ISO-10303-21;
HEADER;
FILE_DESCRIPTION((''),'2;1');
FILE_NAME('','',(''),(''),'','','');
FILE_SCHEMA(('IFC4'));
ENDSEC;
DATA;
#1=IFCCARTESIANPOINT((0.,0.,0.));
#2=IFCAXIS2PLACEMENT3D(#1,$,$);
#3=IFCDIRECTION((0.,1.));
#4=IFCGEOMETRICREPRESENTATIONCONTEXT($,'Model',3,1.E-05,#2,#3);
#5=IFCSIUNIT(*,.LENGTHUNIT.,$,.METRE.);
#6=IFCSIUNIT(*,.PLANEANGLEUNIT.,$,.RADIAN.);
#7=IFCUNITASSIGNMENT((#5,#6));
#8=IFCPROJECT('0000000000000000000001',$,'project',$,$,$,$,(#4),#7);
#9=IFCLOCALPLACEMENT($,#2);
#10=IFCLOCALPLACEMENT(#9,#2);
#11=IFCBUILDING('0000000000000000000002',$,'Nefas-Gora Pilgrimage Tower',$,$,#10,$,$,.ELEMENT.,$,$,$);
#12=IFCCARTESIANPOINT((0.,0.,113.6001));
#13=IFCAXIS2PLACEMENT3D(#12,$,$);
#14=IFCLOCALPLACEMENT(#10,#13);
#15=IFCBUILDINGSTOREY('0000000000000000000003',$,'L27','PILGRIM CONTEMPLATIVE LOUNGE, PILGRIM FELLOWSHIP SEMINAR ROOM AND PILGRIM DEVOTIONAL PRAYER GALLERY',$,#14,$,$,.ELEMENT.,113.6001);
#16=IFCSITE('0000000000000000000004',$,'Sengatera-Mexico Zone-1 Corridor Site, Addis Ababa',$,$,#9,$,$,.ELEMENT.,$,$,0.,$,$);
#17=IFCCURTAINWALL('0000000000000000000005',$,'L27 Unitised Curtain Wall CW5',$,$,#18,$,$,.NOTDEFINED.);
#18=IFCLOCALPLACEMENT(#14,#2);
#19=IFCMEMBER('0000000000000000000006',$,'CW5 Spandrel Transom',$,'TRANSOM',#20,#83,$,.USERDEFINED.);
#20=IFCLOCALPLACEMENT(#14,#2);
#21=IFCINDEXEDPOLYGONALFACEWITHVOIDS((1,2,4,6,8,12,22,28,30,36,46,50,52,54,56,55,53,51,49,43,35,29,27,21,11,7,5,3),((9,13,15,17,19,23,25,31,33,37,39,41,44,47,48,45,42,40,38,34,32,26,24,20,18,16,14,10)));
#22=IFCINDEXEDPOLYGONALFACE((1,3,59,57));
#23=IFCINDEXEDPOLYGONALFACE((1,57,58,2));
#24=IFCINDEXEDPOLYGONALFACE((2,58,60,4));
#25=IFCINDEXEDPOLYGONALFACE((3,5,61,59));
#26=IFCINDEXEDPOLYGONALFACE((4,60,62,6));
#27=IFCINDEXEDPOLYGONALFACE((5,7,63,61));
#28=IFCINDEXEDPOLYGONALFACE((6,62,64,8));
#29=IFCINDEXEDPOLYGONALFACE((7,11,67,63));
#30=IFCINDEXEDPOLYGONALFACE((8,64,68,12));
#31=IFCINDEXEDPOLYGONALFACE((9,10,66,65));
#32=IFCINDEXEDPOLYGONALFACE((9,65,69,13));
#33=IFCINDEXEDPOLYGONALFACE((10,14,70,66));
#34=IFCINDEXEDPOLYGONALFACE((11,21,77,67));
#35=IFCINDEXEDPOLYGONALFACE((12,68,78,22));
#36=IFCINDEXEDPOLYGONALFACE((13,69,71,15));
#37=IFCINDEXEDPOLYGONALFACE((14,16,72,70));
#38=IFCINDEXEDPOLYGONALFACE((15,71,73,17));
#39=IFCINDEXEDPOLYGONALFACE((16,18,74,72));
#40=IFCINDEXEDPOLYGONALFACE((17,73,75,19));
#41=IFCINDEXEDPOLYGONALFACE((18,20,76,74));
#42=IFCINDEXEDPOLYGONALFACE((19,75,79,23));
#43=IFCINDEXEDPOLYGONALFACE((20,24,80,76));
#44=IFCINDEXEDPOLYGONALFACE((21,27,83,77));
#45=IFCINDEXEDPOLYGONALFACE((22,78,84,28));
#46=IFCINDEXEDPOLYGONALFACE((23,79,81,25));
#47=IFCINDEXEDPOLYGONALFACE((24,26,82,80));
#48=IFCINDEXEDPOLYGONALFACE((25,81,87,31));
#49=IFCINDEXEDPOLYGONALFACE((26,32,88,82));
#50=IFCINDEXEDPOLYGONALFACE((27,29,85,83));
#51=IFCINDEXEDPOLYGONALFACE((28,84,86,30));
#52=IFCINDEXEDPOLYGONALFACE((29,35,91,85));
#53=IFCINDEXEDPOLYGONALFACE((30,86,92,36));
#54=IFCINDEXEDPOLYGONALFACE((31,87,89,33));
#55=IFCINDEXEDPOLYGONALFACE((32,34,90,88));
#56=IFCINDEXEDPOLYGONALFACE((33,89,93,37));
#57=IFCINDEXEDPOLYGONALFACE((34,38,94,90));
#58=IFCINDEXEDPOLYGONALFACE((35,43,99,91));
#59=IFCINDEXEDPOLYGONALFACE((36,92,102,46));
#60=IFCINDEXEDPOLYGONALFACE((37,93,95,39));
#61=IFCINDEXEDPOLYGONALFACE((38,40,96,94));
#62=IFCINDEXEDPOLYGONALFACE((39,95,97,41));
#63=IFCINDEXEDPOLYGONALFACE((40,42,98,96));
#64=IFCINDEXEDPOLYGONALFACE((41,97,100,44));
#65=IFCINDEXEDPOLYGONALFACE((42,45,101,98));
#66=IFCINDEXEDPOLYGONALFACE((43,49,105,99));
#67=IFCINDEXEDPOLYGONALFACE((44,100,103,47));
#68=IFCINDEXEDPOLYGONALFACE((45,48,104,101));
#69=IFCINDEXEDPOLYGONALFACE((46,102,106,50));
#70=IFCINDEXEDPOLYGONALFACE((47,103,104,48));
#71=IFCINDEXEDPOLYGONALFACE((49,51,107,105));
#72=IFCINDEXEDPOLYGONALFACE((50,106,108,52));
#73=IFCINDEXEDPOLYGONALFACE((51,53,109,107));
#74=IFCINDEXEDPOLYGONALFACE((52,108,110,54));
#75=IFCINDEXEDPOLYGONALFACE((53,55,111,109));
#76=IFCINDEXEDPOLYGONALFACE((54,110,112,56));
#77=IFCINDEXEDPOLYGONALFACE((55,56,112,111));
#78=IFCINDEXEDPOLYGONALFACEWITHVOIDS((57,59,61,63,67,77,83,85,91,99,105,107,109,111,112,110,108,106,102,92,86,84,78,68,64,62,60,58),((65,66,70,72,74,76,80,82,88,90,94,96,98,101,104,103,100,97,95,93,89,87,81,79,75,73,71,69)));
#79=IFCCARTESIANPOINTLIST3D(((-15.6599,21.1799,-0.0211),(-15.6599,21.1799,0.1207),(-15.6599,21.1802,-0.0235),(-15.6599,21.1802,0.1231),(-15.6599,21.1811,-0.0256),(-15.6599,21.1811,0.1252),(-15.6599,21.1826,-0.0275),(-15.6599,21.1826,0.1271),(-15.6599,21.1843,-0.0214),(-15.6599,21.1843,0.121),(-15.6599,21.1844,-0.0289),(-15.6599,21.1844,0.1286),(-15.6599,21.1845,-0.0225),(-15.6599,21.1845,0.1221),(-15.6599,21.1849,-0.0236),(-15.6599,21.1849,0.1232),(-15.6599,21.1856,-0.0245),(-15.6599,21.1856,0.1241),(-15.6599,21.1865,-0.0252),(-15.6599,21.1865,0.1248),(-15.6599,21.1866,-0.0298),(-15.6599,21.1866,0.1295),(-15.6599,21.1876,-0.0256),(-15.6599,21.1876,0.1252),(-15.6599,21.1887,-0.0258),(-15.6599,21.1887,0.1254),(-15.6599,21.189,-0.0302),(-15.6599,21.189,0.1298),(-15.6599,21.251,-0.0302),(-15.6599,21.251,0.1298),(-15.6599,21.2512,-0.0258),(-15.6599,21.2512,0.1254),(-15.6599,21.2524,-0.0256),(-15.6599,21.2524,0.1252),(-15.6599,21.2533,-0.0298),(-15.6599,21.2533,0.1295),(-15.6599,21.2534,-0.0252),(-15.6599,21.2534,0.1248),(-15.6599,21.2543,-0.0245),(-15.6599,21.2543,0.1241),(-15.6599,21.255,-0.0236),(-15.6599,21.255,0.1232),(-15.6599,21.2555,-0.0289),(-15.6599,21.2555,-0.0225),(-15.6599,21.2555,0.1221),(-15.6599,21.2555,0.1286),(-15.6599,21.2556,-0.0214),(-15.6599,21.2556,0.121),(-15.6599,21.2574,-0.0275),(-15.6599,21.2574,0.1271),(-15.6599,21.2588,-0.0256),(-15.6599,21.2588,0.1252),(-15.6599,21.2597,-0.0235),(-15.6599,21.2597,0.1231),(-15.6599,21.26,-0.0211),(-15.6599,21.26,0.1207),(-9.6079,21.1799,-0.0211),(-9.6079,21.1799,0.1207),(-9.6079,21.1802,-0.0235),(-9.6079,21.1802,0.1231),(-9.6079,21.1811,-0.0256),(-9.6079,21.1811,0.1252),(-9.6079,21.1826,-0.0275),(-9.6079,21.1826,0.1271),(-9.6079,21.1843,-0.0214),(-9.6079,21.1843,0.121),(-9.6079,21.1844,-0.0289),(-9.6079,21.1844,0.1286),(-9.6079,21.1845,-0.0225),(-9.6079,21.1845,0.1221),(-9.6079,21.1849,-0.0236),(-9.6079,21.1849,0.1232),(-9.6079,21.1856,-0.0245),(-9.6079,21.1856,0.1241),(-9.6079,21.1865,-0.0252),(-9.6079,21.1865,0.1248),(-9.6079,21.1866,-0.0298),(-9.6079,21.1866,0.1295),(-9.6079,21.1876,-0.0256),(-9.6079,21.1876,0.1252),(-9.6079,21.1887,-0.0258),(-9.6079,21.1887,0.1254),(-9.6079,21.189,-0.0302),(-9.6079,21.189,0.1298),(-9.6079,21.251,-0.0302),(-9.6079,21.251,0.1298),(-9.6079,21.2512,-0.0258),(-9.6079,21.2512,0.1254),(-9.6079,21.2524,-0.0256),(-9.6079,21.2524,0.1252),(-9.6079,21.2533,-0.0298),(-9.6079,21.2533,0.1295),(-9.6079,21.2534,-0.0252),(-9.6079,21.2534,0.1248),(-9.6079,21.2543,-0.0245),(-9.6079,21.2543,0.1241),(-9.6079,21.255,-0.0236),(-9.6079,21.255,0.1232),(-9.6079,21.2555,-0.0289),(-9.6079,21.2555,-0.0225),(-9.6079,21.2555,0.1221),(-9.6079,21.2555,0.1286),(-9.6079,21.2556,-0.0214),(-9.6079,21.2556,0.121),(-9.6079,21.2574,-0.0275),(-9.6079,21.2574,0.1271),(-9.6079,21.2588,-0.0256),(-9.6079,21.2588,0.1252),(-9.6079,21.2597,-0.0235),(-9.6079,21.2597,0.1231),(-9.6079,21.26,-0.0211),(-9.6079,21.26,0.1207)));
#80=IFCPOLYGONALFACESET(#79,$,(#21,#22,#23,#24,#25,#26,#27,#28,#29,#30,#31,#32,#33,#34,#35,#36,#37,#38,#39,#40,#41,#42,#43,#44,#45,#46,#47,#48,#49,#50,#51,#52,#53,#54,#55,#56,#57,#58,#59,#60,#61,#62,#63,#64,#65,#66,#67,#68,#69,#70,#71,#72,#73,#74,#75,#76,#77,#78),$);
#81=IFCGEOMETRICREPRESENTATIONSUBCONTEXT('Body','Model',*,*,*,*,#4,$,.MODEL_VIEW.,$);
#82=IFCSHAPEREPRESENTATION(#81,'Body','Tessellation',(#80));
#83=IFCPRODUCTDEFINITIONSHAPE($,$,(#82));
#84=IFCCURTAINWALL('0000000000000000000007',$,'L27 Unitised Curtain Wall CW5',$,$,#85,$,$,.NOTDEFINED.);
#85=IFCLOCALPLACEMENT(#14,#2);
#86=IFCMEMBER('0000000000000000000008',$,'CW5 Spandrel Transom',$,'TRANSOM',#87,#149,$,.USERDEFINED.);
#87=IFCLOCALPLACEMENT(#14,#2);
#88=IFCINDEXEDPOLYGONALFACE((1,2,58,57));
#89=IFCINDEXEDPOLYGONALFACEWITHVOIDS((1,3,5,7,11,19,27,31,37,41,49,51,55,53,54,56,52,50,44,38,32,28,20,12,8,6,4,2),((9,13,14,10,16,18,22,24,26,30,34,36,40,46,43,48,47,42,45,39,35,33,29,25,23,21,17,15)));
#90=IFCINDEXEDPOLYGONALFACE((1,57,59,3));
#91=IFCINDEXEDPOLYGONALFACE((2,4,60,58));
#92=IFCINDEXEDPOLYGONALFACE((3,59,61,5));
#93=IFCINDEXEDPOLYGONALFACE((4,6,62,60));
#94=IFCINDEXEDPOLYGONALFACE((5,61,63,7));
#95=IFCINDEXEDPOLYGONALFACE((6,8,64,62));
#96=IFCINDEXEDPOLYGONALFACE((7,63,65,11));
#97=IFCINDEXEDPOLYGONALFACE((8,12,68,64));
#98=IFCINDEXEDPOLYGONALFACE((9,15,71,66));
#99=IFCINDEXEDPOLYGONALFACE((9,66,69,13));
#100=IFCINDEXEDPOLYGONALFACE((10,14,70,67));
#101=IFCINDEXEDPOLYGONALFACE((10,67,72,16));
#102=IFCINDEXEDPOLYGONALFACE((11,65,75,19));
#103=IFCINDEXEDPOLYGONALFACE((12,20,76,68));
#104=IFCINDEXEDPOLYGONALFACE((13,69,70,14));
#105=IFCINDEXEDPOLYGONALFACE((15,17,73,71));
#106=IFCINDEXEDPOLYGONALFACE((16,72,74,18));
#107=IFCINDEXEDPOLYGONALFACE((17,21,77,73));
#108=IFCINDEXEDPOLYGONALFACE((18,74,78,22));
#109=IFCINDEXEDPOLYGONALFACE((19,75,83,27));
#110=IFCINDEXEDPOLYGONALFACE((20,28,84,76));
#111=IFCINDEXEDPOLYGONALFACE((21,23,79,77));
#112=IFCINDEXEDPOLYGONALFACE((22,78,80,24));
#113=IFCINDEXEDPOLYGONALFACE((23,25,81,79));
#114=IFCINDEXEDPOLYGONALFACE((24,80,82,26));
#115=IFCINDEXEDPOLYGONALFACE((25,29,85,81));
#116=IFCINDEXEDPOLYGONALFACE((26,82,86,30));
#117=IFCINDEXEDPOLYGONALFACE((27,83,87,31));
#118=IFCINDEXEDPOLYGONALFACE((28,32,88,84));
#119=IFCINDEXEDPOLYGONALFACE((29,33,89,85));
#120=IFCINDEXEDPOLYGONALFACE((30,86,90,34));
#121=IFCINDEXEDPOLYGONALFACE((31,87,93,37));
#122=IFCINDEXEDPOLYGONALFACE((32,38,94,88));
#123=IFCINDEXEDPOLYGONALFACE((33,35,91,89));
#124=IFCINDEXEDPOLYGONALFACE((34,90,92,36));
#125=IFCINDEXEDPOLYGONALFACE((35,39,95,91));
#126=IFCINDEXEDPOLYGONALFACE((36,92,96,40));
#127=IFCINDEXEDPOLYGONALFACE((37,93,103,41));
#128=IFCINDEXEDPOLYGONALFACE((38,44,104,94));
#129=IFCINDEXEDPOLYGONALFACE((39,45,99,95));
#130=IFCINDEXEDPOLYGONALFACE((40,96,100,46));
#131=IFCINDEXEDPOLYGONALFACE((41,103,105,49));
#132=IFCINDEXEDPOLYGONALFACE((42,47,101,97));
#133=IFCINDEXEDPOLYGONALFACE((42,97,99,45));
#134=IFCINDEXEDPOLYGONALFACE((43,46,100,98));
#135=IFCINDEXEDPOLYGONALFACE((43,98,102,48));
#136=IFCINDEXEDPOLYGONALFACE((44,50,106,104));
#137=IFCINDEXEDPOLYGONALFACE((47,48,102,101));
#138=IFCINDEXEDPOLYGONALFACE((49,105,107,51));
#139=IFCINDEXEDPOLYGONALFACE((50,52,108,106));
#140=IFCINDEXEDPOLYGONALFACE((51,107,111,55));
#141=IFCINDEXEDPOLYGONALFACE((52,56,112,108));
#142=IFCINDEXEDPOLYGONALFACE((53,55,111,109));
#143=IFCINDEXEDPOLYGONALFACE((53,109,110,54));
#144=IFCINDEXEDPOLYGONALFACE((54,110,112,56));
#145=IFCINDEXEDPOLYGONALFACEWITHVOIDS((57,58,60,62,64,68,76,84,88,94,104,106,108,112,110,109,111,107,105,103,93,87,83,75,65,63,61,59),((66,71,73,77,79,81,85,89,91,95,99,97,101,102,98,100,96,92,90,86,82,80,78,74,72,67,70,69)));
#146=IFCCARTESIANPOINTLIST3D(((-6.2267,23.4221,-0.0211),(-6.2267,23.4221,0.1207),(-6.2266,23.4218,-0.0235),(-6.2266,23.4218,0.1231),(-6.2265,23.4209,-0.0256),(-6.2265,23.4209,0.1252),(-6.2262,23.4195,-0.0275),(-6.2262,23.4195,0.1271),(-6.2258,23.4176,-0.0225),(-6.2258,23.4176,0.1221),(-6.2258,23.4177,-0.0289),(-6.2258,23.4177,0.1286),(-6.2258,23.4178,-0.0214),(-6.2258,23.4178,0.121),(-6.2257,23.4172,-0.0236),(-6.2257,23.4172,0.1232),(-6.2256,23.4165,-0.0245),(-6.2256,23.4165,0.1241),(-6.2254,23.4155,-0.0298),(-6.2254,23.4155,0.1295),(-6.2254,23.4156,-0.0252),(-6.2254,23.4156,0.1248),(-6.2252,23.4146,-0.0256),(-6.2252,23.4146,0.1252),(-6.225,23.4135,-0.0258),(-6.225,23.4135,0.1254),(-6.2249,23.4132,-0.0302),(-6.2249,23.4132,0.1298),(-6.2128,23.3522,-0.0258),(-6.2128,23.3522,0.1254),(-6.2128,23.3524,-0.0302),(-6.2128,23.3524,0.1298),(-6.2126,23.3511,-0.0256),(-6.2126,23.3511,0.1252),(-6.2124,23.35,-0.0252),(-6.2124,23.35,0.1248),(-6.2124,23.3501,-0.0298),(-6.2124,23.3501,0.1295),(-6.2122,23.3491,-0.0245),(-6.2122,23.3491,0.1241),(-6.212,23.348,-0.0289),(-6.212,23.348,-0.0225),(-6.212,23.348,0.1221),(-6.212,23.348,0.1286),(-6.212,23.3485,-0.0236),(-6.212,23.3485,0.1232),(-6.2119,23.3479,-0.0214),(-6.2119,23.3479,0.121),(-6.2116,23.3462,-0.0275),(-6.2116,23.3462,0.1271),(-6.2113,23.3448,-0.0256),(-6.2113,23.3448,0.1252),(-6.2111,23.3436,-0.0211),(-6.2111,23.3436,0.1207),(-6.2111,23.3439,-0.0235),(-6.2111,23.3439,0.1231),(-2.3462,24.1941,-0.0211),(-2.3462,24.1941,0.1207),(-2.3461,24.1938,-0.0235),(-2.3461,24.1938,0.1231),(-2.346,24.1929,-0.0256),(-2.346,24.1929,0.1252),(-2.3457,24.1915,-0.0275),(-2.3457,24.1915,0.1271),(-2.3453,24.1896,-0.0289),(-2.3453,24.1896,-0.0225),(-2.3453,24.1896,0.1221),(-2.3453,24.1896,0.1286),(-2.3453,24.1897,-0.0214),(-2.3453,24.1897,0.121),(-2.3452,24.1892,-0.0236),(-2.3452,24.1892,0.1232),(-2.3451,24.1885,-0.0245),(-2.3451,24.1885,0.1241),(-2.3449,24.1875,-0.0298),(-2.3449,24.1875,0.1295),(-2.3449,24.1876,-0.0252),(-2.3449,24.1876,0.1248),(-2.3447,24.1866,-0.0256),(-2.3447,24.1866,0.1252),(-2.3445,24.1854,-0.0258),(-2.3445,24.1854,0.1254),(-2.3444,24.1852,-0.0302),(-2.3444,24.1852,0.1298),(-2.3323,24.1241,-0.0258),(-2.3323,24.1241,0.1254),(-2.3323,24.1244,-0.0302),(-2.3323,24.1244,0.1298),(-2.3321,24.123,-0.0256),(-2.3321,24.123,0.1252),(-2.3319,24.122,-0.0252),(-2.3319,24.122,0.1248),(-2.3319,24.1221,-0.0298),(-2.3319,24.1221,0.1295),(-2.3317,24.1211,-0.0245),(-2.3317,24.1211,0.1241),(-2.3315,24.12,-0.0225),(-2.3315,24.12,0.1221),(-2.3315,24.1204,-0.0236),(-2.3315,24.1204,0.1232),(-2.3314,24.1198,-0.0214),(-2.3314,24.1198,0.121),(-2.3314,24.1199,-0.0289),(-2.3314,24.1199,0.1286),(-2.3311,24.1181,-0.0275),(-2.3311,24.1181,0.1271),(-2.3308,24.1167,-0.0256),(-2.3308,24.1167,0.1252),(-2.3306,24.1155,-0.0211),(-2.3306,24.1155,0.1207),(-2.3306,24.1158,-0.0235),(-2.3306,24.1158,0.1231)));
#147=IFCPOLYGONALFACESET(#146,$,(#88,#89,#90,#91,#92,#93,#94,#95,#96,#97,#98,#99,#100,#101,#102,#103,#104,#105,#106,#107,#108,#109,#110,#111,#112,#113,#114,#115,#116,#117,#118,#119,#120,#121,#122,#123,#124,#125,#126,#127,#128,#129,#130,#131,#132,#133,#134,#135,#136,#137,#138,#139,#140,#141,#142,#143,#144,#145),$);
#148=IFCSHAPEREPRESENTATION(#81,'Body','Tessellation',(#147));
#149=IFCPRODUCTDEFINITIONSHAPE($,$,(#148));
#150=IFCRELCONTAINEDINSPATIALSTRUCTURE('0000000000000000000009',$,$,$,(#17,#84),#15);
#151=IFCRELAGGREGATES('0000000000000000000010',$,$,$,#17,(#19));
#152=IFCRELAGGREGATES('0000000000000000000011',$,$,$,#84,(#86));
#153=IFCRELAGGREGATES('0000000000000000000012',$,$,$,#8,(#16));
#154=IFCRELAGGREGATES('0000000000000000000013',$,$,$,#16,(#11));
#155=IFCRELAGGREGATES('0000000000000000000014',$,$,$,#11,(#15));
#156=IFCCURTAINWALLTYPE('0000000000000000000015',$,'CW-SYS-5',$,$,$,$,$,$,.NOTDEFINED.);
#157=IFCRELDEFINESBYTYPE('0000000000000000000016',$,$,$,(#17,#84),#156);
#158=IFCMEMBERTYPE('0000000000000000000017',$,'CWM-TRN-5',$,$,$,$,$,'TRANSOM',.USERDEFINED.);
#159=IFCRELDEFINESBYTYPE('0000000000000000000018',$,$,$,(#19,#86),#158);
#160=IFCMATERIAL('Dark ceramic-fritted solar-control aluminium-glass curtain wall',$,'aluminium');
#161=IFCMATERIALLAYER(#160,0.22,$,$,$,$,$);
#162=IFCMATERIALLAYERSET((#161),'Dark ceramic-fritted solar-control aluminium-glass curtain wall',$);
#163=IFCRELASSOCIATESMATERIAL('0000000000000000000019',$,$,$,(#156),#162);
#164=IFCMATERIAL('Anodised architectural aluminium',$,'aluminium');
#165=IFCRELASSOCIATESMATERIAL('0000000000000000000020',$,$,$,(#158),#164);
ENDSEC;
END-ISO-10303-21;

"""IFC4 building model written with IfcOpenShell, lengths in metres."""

from ifc_helpers import new_model, si_unit, direction, frame, origin, origin_2d, place, context, subcontext, project, spatial, hollow_rectangle, extrude, source, transform, mapped, material, layer, layer_set, material_profile, profile_set, type_object, element, aggregate, save


model = new_model("IFC4")

# Units and contexts
model_context = context("Model", 3, precision=1e-05, world=origin(), true_north=direction((0.0, 1.0)))
body_context = subcontext(model_context, "Body", "Model", "MODEL_VIEW")
ifc_project = project(units=[si_unit("LENGTHUNIT", "METRE"), si_unit("PLANEANGLEUNIT", "RADIAN")], contexts=[model_context])

# Site, building, storey
site_placement = place(None, origin())
site = spatial("IfcSite", under=ifc_project, at=site_placement, Name="Sengatera-Mexico Zone-1 Corridor Site, Addis Ababa", CompositionType="ELEMENT", RefElevation=0.0)
building_placement = place(site_placement, origin())
building = spatial("IfcBuilding", under=site, at=building_placement, Name="Nefas-Gora Pilgrimage Tower", CompositionType="ELEMENT")
storey_placement = place(building_placement, frame((0.0, 0.0, 113.6001)))
storey = spatial("IfcBuildingStorey", under=building, at=storey_placement, Name="L27", Description="PILGRIM CONTEMPLATIVE LOUNGE, PILGRIM FELLOWSHIP SEMINAR ROOM AND PILGRIM DEVOTIONAL PRAYER GALLERY", CompositionType="ELEMENT", Elevation=113.6001)

# Curtain wall, member
ifc_material_1 = material(Name="Dark ceramic-fritted solar-control aluminium-glass curtain wall", Category="aluminium")
ifc_layer_1 = layer(ifc_material_1, 0.22)
ifc_layer_set_1 = layer_set([ifc_layer_1], Name="Dark ceramic-fritted solar-control aluminium-glass curtain wall")
curtain_wall_type = type_object("IfcCurtainWallType", Name="CW-SYS-5", PredefinedType="NOTDEFINED", material=ifc_layer_set_1)
curtain_wall_1_placement = place(storey_placement, origin())
curtain_wall_1 = element("IfcCurtainWall", 1, at=curtain_wall_1_placement, inside=storey, type_object=curtain_wall_type, Name="L27 Unitised Curtain Wall CW5", PredefinedType="NOTDEFINED")
ifc_material_2 = material(Name="Anodised architectural aluminium", Category="aluminium")
ifc_material_profile_1 = material_profile(ifc_material_2, hollow_rectangle(XDim=0.0801, YDim=0.1599, WallThickness=0.0044, InnerFilletRadius=0.0044, OuterFilletRadius=0.009, at=origin_2d()), Name="ALU TRANSOM 80x160")
ifc_profile_set_1 = profile_set([ifc_material_profile_1], Name="Anodised architectural aluminium")
member_type_1 = type_object("IfcMemberType", Name="CWM-TRN-5", ElementType="TRANSOM", PredefinedType="USERDEFINED", material=ifc_profile_set_1)
shared_shape_1 = source(origin(), body_context, "Body", "SweptSolid", [
    extrude(hollow_rectangle(XDim=0.0801, YDim=0.1599, WallThickness=0.0044, InnerFilletRadius=0.0044, OuterFilletRadius=0.009, at=origin_2d()), origin(), (0.0, 0.0, 1.0), 6.052),
])
member_1_placement = place(storey_placement, frame((-9.6079, 21.22, 0.0498), z_axis=(-1.0, 0.0, 0.0), x_axis=(0.0, -1.0, 0.0)))
member_1 = element("IfcMember", 2, at=member_1_placement, type_object=member_type_1, Name="CW5 Spandrel Transom", ObjectType="TRANSOM", PredefinedType="USERDEFINED", context=body_context, shape_type="MappedRepresentation", body=[
    mapped(shared_shape_1, transform((0.0, 0.0, 0.0), x_axis=(1.0, 0.0, 0.0), y_axis=(0.0, 1.0, 0.0), z_axis=(0.0, 0.0, 1.0), scale=1.0)),
])

# Curtain wall, member
curtain_wall_2_placement = place(storey_placement, origin())
curtain_wall_2 = element("IfcCurtainWall", 3, at=curtain_wall_2_placement, inside=storey, type_object=curtain_wall_type, Name="L27 Unitised Curtain Wall CW5", PredefinedType="NOTDEFINED")
shared_shape_2 = source(origin(), body_context, "Body", "SweptSolid", [
    extrude(hollow_rectangle(XDim=0.0801, YDim=0.1599, WallThickness=0.0044, InnerFilletRadius=0.0044, OuterFilletRadius=0.009, at=origin_2d()), origin(), (0.0, 0.0, 1.0), 3.9565),
])
member_2_placement = place(storey_placement, frame((-2.3384, 24.1548, 0.0498), z_axis=(-0.980782, -0.195107, 0.0), x_axis=(0.195107, -0.980782, 0.0)))
member_2 = element("IfcMember", 4, at=member_2_placement, type_object=member_type_1, Name="CW5 Spandrel Transom", ObjectType="TRANSOM", PredefinedType="USERDEFINED", context=body_context, shape_type="MappedRepresentation", body=[
    mapped(shared_shape_2, transform((0.0, 0.0, 0.0), x_axis=(1.0, 0.0, 0.0), y_axis=(0.0, 1.0, 0.0), z_axis=(0.0, 0.0, 1.0), scale=1.0)),
])

aggregate(curtain_wall_1, [member_1])

aggregate(curtain_wall_2, [member_2])

save(model, "model.ifc")
